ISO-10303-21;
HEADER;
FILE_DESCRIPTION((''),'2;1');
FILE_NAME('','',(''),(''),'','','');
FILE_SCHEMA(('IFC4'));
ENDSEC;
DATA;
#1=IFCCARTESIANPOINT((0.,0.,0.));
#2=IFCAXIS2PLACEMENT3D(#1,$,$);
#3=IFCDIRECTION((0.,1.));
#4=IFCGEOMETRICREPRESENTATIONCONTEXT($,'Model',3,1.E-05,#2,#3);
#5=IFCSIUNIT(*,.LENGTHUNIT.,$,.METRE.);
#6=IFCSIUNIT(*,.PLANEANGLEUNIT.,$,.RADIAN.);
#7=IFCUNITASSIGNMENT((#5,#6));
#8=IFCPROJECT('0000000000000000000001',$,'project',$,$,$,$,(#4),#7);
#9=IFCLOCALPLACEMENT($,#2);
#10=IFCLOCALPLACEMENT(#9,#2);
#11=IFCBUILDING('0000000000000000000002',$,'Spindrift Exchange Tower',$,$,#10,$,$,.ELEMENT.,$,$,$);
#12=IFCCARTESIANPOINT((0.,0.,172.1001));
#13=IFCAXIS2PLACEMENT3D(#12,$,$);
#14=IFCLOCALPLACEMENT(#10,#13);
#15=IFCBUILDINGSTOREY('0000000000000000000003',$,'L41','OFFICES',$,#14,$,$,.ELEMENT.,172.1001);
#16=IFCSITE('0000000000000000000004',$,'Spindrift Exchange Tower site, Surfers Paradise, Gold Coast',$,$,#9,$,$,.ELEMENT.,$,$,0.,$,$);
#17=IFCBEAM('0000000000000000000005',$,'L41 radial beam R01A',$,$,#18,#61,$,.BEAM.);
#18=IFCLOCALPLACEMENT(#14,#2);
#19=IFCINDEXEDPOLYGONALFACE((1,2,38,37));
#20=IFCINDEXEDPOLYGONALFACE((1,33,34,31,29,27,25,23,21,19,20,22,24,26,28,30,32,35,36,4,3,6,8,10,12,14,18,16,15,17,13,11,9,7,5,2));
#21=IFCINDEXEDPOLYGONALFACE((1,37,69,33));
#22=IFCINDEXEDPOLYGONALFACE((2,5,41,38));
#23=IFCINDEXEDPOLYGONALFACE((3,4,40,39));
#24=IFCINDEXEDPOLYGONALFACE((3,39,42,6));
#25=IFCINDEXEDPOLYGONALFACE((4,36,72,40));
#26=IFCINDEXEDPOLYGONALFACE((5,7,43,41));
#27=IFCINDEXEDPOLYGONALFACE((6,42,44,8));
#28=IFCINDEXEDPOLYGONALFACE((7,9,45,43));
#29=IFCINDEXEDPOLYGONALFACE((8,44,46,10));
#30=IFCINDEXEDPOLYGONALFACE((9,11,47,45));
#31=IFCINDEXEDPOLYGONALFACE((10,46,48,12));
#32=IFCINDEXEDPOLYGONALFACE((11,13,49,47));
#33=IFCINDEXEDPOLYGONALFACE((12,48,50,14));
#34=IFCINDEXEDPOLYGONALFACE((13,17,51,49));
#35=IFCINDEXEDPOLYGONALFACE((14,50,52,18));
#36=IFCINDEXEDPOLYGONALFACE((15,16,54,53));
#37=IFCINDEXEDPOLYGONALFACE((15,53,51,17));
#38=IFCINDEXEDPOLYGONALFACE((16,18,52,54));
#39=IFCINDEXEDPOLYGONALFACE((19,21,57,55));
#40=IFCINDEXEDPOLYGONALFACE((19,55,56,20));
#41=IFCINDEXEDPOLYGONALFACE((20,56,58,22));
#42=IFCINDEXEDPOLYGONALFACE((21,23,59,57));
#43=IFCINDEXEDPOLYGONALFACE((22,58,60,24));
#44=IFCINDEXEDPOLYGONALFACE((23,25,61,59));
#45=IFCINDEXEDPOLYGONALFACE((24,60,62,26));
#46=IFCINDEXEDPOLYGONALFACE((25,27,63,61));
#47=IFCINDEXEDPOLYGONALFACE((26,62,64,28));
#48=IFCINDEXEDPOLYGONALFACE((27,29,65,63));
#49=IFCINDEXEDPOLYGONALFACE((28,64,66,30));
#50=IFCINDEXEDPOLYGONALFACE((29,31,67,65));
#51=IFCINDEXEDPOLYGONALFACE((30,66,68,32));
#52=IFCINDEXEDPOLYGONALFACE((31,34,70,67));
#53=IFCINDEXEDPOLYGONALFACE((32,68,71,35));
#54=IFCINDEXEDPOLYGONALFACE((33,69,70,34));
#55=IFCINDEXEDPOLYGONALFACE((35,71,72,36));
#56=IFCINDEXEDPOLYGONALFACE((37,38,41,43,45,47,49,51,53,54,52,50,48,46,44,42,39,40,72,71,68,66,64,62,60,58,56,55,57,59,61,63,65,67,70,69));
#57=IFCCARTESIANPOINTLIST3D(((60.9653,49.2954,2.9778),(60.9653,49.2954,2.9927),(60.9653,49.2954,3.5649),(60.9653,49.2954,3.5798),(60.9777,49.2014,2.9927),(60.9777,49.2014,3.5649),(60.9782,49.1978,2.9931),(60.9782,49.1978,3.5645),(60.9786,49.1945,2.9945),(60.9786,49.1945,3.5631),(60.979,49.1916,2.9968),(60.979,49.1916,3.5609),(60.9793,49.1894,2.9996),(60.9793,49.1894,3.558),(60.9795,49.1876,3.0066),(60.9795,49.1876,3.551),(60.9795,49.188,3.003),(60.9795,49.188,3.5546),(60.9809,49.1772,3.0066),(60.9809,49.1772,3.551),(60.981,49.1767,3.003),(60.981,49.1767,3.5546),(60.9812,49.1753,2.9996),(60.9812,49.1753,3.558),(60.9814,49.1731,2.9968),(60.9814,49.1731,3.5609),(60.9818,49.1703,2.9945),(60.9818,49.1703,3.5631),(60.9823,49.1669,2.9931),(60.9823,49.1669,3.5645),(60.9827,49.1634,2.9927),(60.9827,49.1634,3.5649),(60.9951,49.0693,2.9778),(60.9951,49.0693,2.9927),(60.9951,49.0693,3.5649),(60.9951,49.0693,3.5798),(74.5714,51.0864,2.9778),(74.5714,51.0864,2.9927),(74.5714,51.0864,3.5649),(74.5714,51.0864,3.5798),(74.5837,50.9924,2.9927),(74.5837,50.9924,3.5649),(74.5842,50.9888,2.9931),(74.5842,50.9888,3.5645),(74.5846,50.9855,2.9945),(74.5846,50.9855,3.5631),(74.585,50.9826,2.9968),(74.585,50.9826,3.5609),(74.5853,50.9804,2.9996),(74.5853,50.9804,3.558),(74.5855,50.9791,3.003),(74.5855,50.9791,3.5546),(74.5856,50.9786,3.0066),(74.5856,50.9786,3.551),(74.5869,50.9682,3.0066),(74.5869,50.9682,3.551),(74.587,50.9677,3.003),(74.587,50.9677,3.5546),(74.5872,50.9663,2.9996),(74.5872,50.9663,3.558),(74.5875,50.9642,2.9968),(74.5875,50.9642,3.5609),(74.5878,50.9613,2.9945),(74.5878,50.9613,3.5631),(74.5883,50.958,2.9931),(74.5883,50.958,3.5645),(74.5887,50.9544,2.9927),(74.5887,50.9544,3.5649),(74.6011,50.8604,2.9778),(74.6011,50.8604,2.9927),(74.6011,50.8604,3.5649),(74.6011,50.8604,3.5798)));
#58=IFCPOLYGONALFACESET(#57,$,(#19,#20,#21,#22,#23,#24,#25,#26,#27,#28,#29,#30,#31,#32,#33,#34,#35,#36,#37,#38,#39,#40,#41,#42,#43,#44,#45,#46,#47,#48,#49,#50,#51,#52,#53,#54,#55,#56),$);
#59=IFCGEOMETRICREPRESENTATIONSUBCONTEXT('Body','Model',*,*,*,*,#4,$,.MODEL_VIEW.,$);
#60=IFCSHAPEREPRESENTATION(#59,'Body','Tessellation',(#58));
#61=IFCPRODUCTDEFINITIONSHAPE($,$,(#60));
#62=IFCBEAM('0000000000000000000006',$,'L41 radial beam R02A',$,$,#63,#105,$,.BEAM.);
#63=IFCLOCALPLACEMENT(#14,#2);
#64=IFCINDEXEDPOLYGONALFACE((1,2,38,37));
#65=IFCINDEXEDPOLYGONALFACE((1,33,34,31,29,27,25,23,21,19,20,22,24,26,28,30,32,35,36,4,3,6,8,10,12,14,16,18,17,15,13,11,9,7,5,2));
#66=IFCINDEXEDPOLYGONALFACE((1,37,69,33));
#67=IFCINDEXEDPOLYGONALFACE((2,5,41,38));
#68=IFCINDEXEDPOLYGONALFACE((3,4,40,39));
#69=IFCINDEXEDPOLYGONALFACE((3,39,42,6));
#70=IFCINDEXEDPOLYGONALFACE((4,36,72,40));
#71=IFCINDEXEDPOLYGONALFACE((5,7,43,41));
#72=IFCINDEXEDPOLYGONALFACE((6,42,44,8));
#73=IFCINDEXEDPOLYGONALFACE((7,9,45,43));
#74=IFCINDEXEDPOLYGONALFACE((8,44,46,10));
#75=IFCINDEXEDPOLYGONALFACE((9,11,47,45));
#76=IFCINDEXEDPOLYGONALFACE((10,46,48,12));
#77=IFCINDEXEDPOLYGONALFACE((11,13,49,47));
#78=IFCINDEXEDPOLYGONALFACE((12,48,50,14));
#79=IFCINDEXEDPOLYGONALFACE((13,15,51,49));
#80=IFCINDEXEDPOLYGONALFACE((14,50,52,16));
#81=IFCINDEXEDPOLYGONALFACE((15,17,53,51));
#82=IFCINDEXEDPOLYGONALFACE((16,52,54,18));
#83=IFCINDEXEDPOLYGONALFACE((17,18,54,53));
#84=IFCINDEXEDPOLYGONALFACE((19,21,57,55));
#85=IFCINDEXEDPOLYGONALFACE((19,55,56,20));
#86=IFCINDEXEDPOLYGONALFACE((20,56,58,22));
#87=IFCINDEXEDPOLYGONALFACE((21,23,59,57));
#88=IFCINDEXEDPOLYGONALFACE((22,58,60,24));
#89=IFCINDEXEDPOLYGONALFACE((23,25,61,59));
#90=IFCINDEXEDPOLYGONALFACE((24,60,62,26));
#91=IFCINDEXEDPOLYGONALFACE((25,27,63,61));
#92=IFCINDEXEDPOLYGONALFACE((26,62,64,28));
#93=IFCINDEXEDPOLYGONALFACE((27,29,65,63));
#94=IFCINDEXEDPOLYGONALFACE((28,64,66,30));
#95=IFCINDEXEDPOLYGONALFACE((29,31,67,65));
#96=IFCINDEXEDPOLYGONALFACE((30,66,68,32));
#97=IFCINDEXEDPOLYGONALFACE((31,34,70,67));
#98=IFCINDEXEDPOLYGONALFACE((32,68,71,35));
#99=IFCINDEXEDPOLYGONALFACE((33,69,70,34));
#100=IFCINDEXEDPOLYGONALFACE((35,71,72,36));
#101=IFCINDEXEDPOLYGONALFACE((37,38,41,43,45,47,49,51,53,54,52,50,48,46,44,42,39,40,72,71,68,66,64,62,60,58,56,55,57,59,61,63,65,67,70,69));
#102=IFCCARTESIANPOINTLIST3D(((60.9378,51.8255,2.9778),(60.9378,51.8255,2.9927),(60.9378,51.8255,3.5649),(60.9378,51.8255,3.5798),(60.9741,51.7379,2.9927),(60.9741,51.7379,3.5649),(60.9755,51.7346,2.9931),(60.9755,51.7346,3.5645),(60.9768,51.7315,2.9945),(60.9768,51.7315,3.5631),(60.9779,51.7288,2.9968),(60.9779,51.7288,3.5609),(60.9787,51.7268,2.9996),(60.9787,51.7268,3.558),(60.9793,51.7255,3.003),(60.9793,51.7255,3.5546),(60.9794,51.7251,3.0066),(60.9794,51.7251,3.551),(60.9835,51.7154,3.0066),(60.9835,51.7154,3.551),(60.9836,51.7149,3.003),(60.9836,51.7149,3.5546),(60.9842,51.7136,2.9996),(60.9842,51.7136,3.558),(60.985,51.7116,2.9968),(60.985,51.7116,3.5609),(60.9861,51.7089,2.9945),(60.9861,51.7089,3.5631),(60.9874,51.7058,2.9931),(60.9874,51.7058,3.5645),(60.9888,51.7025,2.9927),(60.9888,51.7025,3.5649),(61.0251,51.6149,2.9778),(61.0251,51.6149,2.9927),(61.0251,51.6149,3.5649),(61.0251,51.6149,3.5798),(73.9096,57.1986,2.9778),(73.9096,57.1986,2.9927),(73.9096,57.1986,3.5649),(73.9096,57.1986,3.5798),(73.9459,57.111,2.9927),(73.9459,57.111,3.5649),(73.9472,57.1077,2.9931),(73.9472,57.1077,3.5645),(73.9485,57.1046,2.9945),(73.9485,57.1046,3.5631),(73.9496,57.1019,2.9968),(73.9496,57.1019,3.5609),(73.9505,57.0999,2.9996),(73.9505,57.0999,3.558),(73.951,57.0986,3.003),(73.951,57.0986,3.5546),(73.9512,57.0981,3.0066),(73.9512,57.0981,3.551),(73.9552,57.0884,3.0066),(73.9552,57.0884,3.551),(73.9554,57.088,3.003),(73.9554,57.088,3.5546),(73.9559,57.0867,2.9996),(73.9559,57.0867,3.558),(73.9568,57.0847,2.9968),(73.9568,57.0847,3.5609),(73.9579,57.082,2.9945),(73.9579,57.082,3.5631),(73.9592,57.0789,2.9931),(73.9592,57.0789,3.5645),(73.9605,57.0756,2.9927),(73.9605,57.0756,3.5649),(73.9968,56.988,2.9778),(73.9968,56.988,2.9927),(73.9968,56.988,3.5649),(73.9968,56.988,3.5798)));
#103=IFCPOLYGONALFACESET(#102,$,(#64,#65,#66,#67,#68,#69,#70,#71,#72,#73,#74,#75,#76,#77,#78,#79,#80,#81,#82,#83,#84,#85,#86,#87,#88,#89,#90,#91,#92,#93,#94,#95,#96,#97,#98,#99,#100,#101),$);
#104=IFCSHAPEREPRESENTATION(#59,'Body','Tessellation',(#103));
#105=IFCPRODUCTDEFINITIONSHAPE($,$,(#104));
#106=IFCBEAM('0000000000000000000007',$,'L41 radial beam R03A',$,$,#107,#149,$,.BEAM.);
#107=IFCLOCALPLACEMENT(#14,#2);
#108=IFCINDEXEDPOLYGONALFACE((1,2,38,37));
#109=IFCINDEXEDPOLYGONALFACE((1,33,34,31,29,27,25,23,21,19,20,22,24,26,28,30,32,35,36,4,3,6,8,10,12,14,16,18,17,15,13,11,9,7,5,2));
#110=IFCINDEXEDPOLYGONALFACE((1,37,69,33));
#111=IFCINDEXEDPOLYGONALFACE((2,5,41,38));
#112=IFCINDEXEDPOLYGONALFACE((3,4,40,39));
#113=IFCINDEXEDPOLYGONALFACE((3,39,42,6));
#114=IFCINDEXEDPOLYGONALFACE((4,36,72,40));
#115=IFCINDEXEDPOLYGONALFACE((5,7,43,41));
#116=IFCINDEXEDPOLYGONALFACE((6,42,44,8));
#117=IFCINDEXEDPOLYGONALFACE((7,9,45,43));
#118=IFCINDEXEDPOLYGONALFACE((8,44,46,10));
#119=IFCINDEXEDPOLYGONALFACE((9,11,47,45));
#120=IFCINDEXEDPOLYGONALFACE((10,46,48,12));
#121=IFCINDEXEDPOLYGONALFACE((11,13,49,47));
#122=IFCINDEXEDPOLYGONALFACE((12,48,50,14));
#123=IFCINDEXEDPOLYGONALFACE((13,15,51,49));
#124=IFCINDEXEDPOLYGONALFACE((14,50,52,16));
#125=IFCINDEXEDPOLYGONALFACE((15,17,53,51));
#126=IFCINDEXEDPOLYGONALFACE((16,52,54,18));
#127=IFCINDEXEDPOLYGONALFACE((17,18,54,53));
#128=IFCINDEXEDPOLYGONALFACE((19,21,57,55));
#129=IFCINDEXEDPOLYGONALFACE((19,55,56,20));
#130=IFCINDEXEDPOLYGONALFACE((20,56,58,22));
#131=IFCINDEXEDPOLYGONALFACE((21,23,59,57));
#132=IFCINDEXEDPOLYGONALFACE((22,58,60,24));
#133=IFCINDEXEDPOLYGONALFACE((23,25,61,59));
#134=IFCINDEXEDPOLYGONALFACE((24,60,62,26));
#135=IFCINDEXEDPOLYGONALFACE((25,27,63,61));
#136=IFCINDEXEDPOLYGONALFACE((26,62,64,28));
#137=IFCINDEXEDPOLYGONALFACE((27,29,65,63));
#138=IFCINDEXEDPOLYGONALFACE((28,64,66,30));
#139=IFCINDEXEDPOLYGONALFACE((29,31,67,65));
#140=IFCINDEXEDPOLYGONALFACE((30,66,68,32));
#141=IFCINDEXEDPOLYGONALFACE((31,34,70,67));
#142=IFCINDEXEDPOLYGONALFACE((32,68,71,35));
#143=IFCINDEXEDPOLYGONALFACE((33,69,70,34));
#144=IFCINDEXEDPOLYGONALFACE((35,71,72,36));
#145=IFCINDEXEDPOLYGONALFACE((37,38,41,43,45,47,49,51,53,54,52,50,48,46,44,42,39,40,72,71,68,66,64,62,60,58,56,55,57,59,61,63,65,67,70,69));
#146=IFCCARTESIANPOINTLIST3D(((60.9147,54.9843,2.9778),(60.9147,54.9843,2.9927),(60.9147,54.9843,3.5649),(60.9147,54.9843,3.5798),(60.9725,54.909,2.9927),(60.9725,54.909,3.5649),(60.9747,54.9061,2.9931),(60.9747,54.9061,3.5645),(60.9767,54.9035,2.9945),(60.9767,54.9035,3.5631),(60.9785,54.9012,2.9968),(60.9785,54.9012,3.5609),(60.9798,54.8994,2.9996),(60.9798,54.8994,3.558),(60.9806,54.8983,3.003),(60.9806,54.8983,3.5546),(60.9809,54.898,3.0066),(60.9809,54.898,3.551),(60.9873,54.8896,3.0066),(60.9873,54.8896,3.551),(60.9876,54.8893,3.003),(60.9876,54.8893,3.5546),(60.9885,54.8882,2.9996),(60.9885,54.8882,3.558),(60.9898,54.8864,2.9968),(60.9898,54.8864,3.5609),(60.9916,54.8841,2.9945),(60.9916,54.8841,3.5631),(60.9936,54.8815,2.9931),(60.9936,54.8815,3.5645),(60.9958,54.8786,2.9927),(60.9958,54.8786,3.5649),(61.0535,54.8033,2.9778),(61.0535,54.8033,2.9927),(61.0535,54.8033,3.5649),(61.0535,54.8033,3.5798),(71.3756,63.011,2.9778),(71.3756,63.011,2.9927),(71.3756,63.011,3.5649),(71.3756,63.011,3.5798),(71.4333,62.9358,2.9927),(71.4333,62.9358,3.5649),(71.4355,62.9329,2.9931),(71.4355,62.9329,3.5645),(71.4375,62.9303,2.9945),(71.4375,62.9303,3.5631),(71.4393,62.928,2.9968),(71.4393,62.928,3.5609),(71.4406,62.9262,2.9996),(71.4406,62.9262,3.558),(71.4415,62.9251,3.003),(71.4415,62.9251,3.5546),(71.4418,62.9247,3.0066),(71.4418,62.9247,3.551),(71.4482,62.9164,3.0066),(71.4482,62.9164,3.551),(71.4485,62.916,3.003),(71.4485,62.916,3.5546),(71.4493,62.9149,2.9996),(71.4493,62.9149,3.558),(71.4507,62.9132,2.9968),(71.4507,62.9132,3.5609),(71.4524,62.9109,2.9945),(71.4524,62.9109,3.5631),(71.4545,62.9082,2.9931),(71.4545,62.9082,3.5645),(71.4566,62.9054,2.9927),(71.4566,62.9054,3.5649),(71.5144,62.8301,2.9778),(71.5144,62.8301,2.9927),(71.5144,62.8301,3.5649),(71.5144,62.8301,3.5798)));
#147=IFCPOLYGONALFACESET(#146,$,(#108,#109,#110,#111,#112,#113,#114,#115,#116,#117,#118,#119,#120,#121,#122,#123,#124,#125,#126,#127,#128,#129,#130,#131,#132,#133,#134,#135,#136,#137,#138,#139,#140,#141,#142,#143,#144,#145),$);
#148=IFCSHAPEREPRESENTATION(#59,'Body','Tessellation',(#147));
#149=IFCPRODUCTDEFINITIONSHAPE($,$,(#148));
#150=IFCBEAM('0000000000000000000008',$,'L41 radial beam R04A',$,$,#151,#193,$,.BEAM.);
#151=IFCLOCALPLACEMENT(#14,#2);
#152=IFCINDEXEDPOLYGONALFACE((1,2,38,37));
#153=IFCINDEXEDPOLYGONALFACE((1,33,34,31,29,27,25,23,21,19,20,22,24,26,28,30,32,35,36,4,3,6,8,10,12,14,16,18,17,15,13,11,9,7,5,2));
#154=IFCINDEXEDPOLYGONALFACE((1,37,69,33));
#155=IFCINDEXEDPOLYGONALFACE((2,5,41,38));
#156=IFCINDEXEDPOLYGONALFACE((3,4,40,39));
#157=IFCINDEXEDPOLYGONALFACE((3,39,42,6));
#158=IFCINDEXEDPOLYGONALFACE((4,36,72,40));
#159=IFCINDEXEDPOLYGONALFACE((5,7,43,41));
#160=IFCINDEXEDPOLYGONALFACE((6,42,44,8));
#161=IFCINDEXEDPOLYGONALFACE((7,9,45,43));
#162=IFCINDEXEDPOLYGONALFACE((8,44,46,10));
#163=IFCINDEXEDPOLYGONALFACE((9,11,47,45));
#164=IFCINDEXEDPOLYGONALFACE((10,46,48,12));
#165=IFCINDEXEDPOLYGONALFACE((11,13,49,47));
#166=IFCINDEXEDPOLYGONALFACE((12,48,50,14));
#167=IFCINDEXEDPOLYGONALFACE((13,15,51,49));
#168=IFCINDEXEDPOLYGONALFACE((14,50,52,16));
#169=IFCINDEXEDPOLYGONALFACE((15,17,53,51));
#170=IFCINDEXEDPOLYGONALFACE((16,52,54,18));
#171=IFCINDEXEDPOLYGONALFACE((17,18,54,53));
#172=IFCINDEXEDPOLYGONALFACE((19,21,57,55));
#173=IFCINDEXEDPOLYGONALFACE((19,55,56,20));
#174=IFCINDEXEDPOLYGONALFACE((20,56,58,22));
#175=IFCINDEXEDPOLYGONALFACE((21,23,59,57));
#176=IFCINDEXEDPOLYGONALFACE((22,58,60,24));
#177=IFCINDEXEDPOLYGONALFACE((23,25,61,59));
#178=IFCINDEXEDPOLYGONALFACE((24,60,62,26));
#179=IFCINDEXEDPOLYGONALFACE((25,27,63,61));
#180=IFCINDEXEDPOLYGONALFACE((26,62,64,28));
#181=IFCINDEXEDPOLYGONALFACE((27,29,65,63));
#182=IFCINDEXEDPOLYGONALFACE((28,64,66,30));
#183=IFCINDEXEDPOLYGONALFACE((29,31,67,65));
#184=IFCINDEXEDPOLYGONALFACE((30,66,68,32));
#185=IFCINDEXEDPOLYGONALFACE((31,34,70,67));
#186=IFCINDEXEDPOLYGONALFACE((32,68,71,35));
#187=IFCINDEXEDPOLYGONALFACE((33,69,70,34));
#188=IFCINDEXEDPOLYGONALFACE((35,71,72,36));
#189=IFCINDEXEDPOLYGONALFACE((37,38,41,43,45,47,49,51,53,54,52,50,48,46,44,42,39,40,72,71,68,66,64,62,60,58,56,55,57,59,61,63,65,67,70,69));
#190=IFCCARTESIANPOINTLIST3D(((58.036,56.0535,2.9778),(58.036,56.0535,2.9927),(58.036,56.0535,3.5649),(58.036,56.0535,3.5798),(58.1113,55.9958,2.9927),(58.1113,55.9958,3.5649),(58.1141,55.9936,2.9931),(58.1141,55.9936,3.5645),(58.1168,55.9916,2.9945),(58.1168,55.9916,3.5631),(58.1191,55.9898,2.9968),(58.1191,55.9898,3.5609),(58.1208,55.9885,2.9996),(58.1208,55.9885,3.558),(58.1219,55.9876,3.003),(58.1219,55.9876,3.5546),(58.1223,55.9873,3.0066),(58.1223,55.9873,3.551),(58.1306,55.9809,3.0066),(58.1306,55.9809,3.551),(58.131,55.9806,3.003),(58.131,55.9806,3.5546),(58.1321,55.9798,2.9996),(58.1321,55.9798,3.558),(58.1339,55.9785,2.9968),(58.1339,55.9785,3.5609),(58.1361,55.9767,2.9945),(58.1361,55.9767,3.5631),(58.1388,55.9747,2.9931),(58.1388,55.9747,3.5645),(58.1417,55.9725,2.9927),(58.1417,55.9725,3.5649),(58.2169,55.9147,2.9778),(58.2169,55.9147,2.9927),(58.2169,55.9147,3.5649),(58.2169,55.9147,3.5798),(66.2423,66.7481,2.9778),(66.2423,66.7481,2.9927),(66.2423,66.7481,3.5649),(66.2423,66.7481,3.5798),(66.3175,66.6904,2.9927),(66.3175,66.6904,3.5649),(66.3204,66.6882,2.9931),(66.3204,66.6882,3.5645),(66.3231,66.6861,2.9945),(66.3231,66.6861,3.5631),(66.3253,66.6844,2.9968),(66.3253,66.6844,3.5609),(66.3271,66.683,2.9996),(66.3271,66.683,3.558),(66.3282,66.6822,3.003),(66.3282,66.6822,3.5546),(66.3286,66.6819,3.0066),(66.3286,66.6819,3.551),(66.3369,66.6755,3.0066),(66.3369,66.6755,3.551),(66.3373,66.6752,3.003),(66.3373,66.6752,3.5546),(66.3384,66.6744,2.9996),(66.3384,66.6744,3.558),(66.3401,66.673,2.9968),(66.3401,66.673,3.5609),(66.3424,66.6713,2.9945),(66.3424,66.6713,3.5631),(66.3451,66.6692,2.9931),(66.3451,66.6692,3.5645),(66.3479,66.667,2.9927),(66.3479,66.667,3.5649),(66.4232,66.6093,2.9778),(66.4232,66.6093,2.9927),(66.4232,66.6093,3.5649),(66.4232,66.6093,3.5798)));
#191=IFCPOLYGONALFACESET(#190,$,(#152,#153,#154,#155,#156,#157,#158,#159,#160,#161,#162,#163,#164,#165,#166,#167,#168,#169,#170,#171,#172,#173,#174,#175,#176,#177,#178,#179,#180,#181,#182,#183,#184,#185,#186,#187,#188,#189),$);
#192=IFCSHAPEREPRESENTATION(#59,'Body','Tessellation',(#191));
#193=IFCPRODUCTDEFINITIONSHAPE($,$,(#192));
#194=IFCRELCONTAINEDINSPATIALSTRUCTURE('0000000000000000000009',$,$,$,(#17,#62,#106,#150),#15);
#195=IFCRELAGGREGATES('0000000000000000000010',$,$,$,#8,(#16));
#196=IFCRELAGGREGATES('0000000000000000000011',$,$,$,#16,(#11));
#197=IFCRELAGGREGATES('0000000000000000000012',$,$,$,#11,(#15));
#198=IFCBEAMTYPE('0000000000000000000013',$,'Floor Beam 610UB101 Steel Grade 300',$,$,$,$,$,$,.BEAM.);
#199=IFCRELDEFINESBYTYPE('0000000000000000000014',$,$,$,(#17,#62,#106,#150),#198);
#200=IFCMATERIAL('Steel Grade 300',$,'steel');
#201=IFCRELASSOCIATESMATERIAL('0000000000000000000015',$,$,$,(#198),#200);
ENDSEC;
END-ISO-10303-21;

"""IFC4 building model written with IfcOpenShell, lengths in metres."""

from ifc_helpers import new_model, si_unit, direction, frame, origin, origin_2d, place, context, subcontext, project, spatial, i_section, extrude, source, transform, mapped, material, material_profile, profile_set, type_object, element, save


model = new_model("IFC4")

# Units and contexts
model_context = context("Model", 3, precision=1e-05, world=origin(), true_north=direction((0.0, 1.0)))
body_context = subcontext(model_context, "Body", "Model", "MODEL_VIEW")
ifc_project = project(units=[si_unit("LENGTHUNIT", "METRE"), si_unit("PLANEANGLEUNIT", "RADIAN")], contexts=[model_context])

# Site, building, storey
site_placement = place(None, origin())
site = spatial("IfcSite", under=ifc_project, at=site_placement, Name="Spindrift Exchange Tower site, Surfers Paradise, Gold Coast", CompositionType="ELEMENT", RefElevation=0.0)
building_placement = place(site_placement, origin())
building = spatial("IfcBuilding", under=site, at=building_placement, Name="Spindrift Exchange Tower", CompositionType="ELEMENT")
storey_placement = place(building_placement, frame((0.0, 0.0, 172.1001)))
storey = spatial("IfcBuildingStorey", under=building, at=storey_placement, Name="L41", Description="OFFICES", CompositionType="ELEMENT", Elevation=172.1001)

# Beams
ifc_material_1 = material(Name="Steel Grade 300", Category="steel")
ifc_material_profile_1 = material_profile(ifc_material_1, i_section(OverallWidth=0.228, OverallDepth=0.6021, WebThickness=0.0105, FlangeThickness=0.0149, FilletRadius=0.0139, at=origin_2d()), Name="610UB101")
ifc_profile_set_1 = profile_set([ifc_material_profile_1], Name="Steel Grade 300")
beam_type_1 = type_object("IfcBeamType", Name="Floor Beam 610UB101 Steel Grade 300", PredefinedType="BEAM", material=ifc_profile_set_1)
shared_shape_1 = source(origin(), body_context, "Body", "SweptSolid", [
    extrude(i_section(OverallWidth=0.228, OverallDepth=0.6021, WebThickness=0.0105, FlangeThickness=0.0149, FilletRadius=0.0139, at=origin_2d()), origin(), (0.0, 0.0, 1.0), 13.7234),
])
beam_1_placement = place(storey_placement, frame((60.9802, 49.1824, 3.2788), z_axis=(0.991447, 0.130509, 0.0), x_axis=(-0.130509, 0.991447, 0.0)))
element("IfcBeam", 1, at=beam_1_placement, inside=storey, type_object=beam_type_1, Name="L41 radial beam R01A", PredefinedType="BEAM", context=body_context, shape_type="MappedRepresentation", body=[
    mapped(shared_shape_1, transform((0.0, 0.0, 0.0), scale=1.0)),
])
shared_shape_2 = source(origin(), body_context, "Body", "SweptSolid", [
    extrude(i_section(OverallWidth=0.228, OverallDepth=0.6021, WebThickness=0.0105, FlangeThickness=0.0149, FilletRadius=0.0139, at=origin_2d()), origin(), (0.0, 0.0, 1.0), 14.0405),
])
beam_2_placement = place(storey_placement, frame((60.9814, 51.7202, 3.2788), z_axis=(0.92388, 0.382684, 0.0), x_axis=(-0.382684, 0.92388, 0.0)))
element("IfcBeam", 2, at=beam_2_placement, inside=storey, type_object=beam_type_1, Name="L41 radial beam R02A", PredefinedType="BEAM", context=body_context, shape_type="MappedRepresentation", body=[
    mapped(shared_shape_2, transform((0.0, 0.0, 0.0), scale=1.0)),
])
shared_shape_3 = source(origin(), body_context, "Body", "SweptSolid", [
    extrude(i_section(OverallWidth=0.228, OverallDepth=0.6021, WebThickness=0.0105, FlangeThickness=0.0149, FilletRadius=0.0139, at=origin_2d()), origin(), (0.0, 0.0, 1.0), 13.1855),
])
beam_3_placement = place(storey_placement, frame((60.9841, 54.8938, 3.2788), z_axis=(0.793357, 0.608756, 0.0), x_axis=(-0.608756, 0.793357, 0.0)))
element("IfcBeam", 3, at=beam_3_placement, inside=storey, type_object=beam_type_1, Name="L41 radial beam R03A", PredefinedType="BEAM", context=body_context, shape_type="MappedRepresentation", body=[
    mapped(shared_shape_3, transform((0.0, 0.0, 0.0), scale=1.0)),
])
shared_shape_4 = source(origin(), body_context, "Body", "SweptSolid", [
    extrude(i_section(OverallWidth=0.228, OverallDepth=0.6021, WebThickness=0.0105, FlangeThickness=0.0149, FilletRadius=0.0139, at=origin_2d()), origin(), (0.0, 0.0, 1.0), 13.4802),
])
beam_4_placement = place(storey_placement, frame((58.1265, 55.9841, 3.2788), z_axis=(0.608764, 0.793351, 0.0), x_axis=(-0.793351, 0.608764, 0.0)))
element("IfcBeam", 4, at=beam_4_placement, inside=storey, type_object=beam_type_1, Name="L41 radial beam R04A", PredefinedType="BEAM", context=body_context, shape_type="MappedRepresentation", body=[
    mapped(shared_shape_4, transform((0.0, 0.0, 0.0), scale=1.0)),
])

save(model, "model.ifc")
